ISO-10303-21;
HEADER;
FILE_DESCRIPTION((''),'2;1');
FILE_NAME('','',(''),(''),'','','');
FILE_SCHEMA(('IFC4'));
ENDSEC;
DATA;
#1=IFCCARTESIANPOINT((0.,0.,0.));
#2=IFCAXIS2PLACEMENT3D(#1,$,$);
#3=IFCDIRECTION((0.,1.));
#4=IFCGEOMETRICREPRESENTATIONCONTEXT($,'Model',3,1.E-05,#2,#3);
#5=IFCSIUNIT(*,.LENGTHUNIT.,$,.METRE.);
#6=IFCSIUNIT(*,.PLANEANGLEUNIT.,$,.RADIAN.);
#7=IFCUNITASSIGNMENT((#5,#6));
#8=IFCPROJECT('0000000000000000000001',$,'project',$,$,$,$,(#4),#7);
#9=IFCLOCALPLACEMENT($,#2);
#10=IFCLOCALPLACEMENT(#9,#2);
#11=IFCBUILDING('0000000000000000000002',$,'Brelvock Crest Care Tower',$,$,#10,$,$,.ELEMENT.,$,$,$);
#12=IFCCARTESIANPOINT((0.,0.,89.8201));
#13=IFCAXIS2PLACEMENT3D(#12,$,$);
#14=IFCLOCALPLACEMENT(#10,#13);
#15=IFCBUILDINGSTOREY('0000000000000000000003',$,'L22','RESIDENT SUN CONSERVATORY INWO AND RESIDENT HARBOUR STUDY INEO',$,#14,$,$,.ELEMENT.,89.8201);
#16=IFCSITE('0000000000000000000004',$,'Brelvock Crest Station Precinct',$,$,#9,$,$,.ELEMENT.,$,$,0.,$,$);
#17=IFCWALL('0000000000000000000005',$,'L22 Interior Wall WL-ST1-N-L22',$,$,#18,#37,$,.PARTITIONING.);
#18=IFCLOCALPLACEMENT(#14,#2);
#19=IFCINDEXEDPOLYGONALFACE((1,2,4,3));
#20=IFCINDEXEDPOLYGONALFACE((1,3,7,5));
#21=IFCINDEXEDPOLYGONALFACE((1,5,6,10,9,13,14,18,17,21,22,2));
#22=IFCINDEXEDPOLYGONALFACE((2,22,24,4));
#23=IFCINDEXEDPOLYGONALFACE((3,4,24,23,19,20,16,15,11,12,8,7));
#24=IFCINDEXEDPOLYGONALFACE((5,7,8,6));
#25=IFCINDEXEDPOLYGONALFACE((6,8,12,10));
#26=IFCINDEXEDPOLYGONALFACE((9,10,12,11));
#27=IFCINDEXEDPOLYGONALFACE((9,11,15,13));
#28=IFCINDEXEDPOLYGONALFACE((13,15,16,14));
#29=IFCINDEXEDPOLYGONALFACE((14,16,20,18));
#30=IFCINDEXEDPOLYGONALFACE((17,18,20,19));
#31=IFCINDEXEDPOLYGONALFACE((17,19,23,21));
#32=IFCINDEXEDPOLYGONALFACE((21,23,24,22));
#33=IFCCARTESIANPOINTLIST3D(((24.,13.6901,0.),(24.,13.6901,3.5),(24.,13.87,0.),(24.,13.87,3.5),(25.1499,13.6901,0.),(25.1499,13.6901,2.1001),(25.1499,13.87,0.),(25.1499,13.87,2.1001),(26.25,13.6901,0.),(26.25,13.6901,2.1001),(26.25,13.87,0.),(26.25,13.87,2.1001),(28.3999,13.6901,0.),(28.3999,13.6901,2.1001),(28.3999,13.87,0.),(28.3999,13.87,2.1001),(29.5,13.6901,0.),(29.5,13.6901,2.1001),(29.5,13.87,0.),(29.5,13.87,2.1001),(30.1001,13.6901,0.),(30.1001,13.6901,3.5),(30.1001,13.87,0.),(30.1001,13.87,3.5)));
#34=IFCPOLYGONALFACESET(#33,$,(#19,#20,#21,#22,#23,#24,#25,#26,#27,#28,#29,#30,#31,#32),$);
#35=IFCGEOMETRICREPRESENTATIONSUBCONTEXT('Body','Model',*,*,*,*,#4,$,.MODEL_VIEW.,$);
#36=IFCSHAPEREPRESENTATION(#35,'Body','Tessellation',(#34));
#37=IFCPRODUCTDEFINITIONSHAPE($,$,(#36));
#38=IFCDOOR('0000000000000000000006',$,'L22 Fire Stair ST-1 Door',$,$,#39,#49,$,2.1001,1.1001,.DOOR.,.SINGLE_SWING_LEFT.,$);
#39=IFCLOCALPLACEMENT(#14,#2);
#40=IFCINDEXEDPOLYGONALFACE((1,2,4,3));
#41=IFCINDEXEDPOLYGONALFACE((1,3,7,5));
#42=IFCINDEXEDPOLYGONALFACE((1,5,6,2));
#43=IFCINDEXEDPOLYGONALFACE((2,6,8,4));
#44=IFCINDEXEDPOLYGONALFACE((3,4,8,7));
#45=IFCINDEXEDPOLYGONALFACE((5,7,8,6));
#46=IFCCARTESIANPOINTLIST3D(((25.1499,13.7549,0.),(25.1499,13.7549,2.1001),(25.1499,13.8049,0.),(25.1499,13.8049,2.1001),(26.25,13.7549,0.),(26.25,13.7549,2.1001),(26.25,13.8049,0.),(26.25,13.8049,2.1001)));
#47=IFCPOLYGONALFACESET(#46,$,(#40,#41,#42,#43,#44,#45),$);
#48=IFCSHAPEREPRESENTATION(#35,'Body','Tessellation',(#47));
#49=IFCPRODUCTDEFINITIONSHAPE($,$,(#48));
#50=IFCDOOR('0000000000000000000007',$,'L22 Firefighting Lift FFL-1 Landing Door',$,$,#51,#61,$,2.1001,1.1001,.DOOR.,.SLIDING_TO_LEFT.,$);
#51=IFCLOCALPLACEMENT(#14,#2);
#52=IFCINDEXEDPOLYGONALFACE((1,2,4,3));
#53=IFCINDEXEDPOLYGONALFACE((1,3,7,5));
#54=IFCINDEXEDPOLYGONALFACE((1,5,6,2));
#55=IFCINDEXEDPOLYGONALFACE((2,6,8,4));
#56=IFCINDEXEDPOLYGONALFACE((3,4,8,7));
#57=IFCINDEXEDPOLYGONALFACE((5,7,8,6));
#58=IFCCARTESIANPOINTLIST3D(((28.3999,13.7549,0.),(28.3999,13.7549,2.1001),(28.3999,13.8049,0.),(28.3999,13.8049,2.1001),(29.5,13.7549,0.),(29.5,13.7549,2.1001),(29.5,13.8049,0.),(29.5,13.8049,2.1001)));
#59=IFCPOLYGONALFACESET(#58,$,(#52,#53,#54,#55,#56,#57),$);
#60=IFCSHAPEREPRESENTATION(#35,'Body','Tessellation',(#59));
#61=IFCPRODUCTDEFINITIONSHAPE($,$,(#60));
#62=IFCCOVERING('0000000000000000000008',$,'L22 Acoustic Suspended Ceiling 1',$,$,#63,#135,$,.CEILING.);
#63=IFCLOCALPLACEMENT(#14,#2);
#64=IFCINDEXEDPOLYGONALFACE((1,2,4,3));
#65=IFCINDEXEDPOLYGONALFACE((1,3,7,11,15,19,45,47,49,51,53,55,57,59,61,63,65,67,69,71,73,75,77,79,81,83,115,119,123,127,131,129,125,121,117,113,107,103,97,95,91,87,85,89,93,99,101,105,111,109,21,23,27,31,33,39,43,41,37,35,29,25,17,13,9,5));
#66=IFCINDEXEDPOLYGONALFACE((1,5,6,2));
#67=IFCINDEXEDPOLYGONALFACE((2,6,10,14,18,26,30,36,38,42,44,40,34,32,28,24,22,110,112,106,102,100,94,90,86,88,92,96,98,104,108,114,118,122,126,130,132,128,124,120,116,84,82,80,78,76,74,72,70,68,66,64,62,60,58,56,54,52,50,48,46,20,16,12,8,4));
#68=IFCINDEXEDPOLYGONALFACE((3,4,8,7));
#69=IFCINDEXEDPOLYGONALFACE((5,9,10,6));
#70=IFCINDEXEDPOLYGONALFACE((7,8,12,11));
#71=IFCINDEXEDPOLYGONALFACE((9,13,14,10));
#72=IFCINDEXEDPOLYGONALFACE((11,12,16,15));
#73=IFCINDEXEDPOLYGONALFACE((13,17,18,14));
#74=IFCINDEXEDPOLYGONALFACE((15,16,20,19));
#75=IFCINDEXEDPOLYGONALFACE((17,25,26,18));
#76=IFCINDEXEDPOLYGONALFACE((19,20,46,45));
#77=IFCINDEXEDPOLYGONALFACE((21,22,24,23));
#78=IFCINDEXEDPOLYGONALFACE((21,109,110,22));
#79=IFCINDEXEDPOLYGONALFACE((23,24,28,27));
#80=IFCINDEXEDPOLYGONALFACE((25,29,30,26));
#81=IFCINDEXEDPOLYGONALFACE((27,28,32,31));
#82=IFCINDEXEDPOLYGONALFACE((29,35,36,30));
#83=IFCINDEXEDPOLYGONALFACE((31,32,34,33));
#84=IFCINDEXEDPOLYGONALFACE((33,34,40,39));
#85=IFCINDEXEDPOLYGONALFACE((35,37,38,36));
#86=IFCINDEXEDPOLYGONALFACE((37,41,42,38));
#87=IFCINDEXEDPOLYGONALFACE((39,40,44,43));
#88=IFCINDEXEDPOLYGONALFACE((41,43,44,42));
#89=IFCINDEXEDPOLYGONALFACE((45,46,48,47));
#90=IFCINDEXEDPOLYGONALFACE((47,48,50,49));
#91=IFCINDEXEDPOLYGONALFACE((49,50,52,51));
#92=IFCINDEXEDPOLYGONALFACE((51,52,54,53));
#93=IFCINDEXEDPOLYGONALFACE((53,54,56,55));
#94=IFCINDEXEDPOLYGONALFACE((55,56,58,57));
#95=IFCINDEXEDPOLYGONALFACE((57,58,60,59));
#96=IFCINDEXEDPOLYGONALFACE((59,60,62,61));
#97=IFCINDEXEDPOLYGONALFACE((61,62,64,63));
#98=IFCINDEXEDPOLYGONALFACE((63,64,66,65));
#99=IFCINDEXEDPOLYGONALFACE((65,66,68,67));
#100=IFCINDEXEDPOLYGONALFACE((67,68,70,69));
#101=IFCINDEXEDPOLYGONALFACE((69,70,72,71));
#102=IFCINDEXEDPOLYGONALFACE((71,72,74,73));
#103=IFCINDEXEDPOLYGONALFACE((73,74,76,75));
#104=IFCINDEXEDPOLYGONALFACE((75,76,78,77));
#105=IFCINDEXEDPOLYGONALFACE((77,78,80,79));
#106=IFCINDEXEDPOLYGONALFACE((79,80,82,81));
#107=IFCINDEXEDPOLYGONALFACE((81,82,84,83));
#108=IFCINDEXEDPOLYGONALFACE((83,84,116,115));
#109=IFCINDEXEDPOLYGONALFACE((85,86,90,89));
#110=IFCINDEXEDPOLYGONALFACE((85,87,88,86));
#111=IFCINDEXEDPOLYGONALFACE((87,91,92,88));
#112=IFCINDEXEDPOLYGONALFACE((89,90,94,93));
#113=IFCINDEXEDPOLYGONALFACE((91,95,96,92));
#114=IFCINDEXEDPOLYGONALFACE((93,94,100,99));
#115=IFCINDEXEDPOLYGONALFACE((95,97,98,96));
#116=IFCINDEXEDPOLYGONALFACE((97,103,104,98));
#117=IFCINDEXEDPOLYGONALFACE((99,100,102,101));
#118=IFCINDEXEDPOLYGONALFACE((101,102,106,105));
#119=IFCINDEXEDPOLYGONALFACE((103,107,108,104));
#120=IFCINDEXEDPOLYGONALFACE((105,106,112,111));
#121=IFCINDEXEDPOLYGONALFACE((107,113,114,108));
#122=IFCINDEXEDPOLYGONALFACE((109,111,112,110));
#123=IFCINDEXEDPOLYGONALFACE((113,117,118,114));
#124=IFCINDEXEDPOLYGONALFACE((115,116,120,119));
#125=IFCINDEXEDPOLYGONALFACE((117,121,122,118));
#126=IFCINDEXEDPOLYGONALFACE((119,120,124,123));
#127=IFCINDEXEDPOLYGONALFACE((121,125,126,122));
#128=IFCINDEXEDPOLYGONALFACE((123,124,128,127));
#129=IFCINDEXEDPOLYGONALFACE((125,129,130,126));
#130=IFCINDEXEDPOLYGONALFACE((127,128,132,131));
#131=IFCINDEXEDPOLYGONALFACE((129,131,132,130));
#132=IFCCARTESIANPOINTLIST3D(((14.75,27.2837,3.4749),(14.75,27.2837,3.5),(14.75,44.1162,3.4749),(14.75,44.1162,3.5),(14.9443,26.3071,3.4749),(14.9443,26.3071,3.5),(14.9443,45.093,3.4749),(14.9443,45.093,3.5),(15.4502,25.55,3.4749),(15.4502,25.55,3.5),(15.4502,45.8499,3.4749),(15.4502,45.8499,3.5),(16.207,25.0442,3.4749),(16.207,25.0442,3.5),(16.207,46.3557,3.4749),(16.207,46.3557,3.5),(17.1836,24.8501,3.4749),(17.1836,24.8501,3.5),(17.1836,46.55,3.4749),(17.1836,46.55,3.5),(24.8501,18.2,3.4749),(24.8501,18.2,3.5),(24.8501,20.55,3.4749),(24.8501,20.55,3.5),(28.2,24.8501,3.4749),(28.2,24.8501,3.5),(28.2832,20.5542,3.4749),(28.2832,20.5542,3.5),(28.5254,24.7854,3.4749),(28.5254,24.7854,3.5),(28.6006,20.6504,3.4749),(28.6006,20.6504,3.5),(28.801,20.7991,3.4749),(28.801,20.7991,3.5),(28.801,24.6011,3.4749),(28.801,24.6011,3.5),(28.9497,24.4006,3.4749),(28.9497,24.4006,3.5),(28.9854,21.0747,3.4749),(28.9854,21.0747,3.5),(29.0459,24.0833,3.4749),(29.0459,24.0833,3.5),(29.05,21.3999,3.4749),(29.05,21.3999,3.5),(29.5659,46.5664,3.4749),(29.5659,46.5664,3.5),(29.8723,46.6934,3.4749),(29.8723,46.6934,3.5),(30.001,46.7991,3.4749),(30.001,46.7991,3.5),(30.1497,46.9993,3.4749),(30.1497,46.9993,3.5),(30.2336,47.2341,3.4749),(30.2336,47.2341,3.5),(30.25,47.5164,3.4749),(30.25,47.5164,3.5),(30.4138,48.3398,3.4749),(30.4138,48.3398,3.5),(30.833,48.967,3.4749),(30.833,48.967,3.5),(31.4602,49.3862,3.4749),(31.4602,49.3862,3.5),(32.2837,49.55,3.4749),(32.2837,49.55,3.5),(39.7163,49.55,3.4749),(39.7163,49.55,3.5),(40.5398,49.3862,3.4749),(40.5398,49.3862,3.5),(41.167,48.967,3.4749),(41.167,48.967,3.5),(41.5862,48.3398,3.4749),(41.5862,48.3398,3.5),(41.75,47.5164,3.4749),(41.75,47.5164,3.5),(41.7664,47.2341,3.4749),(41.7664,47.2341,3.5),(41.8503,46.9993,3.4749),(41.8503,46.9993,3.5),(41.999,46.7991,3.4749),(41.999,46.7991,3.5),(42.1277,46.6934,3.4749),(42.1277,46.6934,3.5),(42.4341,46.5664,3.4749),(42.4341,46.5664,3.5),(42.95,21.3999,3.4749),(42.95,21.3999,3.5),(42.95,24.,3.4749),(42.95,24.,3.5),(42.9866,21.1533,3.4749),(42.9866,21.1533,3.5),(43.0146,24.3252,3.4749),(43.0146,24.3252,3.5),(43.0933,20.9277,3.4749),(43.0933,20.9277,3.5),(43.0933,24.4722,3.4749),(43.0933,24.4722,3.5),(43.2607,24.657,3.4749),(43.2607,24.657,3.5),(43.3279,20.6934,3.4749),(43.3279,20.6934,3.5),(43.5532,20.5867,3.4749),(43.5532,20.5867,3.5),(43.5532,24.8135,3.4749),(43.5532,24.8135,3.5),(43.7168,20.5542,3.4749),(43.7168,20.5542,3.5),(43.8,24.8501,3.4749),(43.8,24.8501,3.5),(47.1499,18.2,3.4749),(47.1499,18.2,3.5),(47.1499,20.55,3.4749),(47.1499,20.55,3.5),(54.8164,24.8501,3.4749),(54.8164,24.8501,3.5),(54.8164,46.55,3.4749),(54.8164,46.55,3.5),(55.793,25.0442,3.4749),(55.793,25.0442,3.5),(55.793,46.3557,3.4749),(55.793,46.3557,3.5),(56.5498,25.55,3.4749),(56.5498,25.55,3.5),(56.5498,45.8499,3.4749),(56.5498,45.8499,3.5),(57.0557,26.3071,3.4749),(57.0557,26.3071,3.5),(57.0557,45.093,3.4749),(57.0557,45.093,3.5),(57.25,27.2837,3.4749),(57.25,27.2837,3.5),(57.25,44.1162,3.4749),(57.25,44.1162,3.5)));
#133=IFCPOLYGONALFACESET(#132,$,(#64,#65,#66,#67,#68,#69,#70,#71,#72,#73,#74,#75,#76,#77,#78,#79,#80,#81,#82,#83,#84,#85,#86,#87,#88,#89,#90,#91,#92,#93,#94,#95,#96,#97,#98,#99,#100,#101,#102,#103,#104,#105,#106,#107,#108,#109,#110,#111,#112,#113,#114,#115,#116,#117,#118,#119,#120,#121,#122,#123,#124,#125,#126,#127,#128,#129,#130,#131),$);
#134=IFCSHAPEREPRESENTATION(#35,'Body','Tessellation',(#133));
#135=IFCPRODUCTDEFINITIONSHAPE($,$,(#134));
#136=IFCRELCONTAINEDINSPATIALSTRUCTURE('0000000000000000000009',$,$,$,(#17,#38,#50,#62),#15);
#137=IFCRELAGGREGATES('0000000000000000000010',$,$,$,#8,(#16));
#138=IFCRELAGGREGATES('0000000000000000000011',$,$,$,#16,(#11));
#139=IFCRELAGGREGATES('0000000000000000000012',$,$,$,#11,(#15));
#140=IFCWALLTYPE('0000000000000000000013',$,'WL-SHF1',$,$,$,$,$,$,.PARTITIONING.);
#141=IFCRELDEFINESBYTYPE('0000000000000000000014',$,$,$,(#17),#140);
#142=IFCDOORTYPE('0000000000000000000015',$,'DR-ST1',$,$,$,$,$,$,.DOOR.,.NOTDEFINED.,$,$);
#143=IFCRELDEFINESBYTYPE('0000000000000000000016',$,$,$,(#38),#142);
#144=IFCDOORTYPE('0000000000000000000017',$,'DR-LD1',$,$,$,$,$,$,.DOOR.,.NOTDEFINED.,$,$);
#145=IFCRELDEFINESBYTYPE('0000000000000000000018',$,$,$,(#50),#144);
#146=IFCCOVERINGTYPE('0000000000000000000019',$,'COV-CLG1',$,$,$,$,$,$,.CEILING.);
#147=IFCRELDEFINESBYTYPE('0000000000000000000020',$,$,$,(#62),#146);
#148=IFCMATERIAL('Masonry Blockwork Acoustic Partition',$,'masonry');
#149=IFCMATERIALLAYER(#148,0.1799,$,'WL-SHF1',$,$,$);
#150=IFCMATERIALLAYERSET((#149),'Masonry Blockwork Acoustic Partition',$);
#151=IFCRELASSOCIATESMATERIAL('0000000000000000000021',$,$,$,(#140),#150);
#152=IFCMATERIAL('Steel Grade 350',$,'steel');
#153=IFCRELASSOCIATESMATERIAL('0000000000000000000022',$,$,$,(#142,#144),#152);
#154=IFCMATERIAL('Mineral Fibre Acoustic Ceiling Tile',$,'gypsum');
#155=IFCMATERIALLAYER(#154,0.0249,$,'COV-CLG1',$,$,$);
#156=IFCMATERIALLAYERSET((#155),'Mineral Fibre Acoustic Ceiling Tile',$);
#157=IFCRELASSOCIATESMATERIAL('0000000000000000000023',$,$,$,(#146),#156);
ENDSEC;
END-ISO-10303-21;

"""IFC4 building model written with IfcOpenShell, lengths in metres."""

from ifc_helpers import new_model, si_unit, direction, frame, frame_2d, origin, origin_2d, place, context, subcontext, project, spatial, polyline, rectangle, outline, extrude, source, transform, mapped, material, layer, layer_set, type_object, element, fill, save


model = new_model("IFC4")

# Units and contexts
model_context = context("Model", 3, precision=1e-05, world=origin(), true_north=direction((0.0, 1.0)))
body_context = subcontext(model_context, "Body", "Model", "MODEL_VIEW")
ifc_project = project(units=[si_unit("LENGTHUNIT", "METRE"), si_unit("PLANEANGLEUNIT", "RADIAN")], contexts=[model_context])

# Site, building, storey
site_placement = place(None, origin())
site = spatial("IfcSite", under=ifc_project, at=site_placement, Name="Brelvock Crest Station Precinct", CompositionType="ELEMENT", RefElevation=0.0)
building_placement = place(site_placement, origin())
building = spatial("IfcBuilding", under=site, at=building_placement, Name="Brelvock Crest Care Tower", CompositionType="ELEMENT")
storey_placement = place(building_placement, frame((0.0, 0.0, 89.8201)))
storey = spatial("IfcBuildingStorey", under=building, at=storey_placement, Name="L22", Description="RESIDENT SUN CONSERVATORY INWO AND RESIDENT HARBOUR STUDY INEO", CompositionType="ELEMENT", Elevation=89.8201)

# Shared definitions
ifc_material_1 = material(Name="Steel Grade 350", Category="steel")

# Wall, openings, doors
ifc_material_2 = material(Name="Masonry Blockwork Acoustic Partition", Category="masonry")
ifc_layer_1 = layer(ifc_material_2, 0.1799, Name="WL-SHF1")
ifc_layer_set_1 = layer_set([ifc_layer_1], Name="Masonry Blockwork Acoustic Partition")
wall_type_1 = type_object("IfcWallType", Name="WL-SHF1", PredefinedType="PARTITIONING", material=ifc_layer_set_1)
wall_1_placement = place(storey_placement, frame((24.0, 13.78, 0.0), z_axis=(0.0, 0.0, 1.0), x_axis=(1.0, 0.0, 0.0)))
wall_1 = element("IfcWall", 1, at=wall_1_placement, inside=storey, type_object=wall_type_1, Name="L22 Interior Wall WL-ST1-N-L22", PredefinedType="PARTITIONING", context=body_context, shape_type="SweptSolid", body=[
    extrude(rectangle(XDim=6.1001, YDim=0.1799, at=frame_2d((3.05, 0.0))), origin(), (0.0, 0.0, 1.0), 3.5),
])
opening_1_placement = place(wall_1_placement, frame((1.1499, 0.0, 0.0)))
opening_1 = element("IfcOpeningElement", 2, at=opening_1_placement, cuts=wall_1, PredefinedType="OPENING", context=body_context, shape_type="SweptSolid", body=[
    extrude(rectangle(XDim=1.1001, YDim=2.1001, at=origin_2d()), frame((0.55, 0.1001, 1.05), z_axis=(0.0, -1.0, 0.0), x_axis=(1.0, 0.0, 0.0)), (0.0, 0.0, 1.0), 0.2),
])
opening_2_placement = place(wall_1_placement, frame((4.3999, 0.0, 0.0)))
opening_2 = element("IfcOpeningElement", 3, at=opening_2_placement, cuts=wall_1, PredefinedType="OPENING", context=body_context, shape_type="SweptSolid", body=[
    extrude(rectangle(XDim=1.1001, YDim=2.1001, at=origin_2d()), frame((0.55, 0.1001, 1.05), z_axis=(0.0, -1.0, 0.0), x_axis=(1.0, 0.0, 0.0)), (0.0, 0.0, 1.0), 0.2),
])
door_type_1 = type_object("IfcDoorType", Name="DR-ST1", OperationType="NOTDEFINED", PredefinedType="DOOR", material=ifc_material_1)
shared_shape_1 = source(origin(), body_context, "Body", "SweptSolid", [
    extrude(rectangle(XDim=1.1001, YDim=2.1001, at=origin_2d()), frame((0.55, 0.0249, 1.05), z_axis=(0.0, -1.0, 0.0), x_axis=(1.0, 0.0, 0.0)), (0.0, 0.0, 1.0), 0.05),
])
door_1_placement = place(opening_1_placement, origin())
door_1 = element("IfcDoor", 4, at=door_1_placement, inside=storey, type_object=door_type_1, Name="L22 Fire Stair ST-1 Door", OperationType="SINGLE_SWING_LEFT", OverallHeight=2.1001, OverallWidth=1.1001, PredefinedType="DOOR", context=body_context, shape_type="MappedRepresentation", body=[
    mapped(shared_shape_1, transform((0.0, 0.0, 0.0), x_axis=(1.0, 0.0, 0.0), y_axis=(0.0, 1.0, 0.0), z_axis=(0.0, 0.0, 1.0), scale=1.0)),
])
fill(opening_1, door_1)
door_type_2 = type_object("IfcDoorType", Name="DR-LD1", OperationType="NOTDEFINED", PredefinedType="DOOR", material=ifc_material_1)
shared_shape_2 = source(origin(), body_context, "Body", "SweptSolid", [
    extrude(rectangle(XDim=1.1001, YDim=2.1001, at=origin_2d()), frame((0.55, 0.0249, 1.05), z_axis=(0.0, -1.0, 0.0), x_axis=(1.0, 0.0, 0.0)), (0.0, 0.0, 1.0), 0.05),
])
door_2_placement = place(opening_2_placement, origin())
door_2 = element("IfcDoor", 5, at=door_2_placement, inside=storey, type_object=door_type_2, Name="L22 Firefighting Lift FFL-1 Landing Door", OperationType="SLIDING_TO_LEFT", OverallHeight=2.1001, OverallWidth=1.1001, PredefinedType="DOOR", context=body_context, shape_type="MappedRepresentation", body=[
    mapped(shared_shape_2, transform((0.0, 0.0, 0.0), x_axis=(1.0, 0.0, 0.0), y_axis=(0.0, 1.0, 0.0), z_axis=(0.0, 0.0, 1.0), scale=1.0)),
])
fill(opening_2, door_2)

# Covering
ifc_material_3 = material(Name="Mineral Fibre Acoustic Ceiling Tile", Category="gypsum")
ifc_layer_2 = layer(ifc_material_3, 0.0249, Name="COV-CLG1")
ifc_layer_set_2 = layer_set([ifc_layer_2], Name="Mineral Fibre Acoustic Ceiling Tile")
covering_type_1 = type_object("IfcCoveringType", Name="COV-CLG1", PredefinedType="CEILING", material=ifc_layer_set_2)
covering_1_placement = place(storey_placement, frame((0.0, 0.0, 3.4749)))
element("IfcCovering", 6, at=covering_1_placement, inside=storey, type_object=covering_type_1, Name="L22 Acoustic Suspended Ceiling 1", PredefinedType="CEILING", context=body_context, shape_type="SweptSolid", body=[
    extrude(outline(polyline([(24.8501, 18.2), (47.1499, 18.2), (47.1499, 20.55), (43.7168, 20.5542), (43.5532, 20.5867), (43.3279, 20.6934), (43.0933, 20.9277), (42.9866, 21.1533), (42.95, 21.3999), (42.95, 24.0), (43.0146, 24.3252), (43.0933, 24.4722), (43.2607, 24.657), (43.5532, 24.8135), (43.8, 24.8501), (54.8164, 24.8501), (55.793, 25.0442), (56.5498, 25.55), (57.0557, 26.3071), (57.25, 27.2837), (57.25, 44.1162), (57.0557, 45.093), (56.5498, 45.8499), (55.793, 46.3557), (54.8164, 46.55), (42.4341, 46.5664), (42.1277, 46.6934), (41.999, 46.7991), (41.8503, 46.9993), (41.7664, 47.2341), (41.75, 47.5164), (41.5862, 48.3398), (41.167, 48.967), (40.5398, 49.3862), (39.7163, 49.55), (32.2837, 49.55), (31.4602, 49.3862), (30.833, 48.967), (30.4138, 48.3398), (30.25, 47.5164), (30.2336, 47.2341), (30.1497, 46.9993), (30.001, 46.7991), (29.8723, 46.6934), (29.5659, 46.5664), (17.1836, 46.55), (16.207, 46.3557), (15.4502, 45.8499), (14.9443, 45.093), (14.75, 44.1162), (14.75, 27.2837), (14.9443, 26.3071), (15.4502, 25.55), (16.207, 25.0442), (17.1836, 24.8501), (28.2, 24.8501), (28.5254, 24.7854), (28.801, 24.6011), (28.9497, 24.4006), (29.0459, 24.0833), (29.05, 21.3999), (28.9854, 21.0747), (28.801, 20.7991), (28.6006, 20.6504), (28.2832, 20.5542), (24.8501, 20.55), (24.8501, 18.2)])), origin(), (0.0, 0.0, 1.0), 0.0251),
])

save(model, "model.ifc")
